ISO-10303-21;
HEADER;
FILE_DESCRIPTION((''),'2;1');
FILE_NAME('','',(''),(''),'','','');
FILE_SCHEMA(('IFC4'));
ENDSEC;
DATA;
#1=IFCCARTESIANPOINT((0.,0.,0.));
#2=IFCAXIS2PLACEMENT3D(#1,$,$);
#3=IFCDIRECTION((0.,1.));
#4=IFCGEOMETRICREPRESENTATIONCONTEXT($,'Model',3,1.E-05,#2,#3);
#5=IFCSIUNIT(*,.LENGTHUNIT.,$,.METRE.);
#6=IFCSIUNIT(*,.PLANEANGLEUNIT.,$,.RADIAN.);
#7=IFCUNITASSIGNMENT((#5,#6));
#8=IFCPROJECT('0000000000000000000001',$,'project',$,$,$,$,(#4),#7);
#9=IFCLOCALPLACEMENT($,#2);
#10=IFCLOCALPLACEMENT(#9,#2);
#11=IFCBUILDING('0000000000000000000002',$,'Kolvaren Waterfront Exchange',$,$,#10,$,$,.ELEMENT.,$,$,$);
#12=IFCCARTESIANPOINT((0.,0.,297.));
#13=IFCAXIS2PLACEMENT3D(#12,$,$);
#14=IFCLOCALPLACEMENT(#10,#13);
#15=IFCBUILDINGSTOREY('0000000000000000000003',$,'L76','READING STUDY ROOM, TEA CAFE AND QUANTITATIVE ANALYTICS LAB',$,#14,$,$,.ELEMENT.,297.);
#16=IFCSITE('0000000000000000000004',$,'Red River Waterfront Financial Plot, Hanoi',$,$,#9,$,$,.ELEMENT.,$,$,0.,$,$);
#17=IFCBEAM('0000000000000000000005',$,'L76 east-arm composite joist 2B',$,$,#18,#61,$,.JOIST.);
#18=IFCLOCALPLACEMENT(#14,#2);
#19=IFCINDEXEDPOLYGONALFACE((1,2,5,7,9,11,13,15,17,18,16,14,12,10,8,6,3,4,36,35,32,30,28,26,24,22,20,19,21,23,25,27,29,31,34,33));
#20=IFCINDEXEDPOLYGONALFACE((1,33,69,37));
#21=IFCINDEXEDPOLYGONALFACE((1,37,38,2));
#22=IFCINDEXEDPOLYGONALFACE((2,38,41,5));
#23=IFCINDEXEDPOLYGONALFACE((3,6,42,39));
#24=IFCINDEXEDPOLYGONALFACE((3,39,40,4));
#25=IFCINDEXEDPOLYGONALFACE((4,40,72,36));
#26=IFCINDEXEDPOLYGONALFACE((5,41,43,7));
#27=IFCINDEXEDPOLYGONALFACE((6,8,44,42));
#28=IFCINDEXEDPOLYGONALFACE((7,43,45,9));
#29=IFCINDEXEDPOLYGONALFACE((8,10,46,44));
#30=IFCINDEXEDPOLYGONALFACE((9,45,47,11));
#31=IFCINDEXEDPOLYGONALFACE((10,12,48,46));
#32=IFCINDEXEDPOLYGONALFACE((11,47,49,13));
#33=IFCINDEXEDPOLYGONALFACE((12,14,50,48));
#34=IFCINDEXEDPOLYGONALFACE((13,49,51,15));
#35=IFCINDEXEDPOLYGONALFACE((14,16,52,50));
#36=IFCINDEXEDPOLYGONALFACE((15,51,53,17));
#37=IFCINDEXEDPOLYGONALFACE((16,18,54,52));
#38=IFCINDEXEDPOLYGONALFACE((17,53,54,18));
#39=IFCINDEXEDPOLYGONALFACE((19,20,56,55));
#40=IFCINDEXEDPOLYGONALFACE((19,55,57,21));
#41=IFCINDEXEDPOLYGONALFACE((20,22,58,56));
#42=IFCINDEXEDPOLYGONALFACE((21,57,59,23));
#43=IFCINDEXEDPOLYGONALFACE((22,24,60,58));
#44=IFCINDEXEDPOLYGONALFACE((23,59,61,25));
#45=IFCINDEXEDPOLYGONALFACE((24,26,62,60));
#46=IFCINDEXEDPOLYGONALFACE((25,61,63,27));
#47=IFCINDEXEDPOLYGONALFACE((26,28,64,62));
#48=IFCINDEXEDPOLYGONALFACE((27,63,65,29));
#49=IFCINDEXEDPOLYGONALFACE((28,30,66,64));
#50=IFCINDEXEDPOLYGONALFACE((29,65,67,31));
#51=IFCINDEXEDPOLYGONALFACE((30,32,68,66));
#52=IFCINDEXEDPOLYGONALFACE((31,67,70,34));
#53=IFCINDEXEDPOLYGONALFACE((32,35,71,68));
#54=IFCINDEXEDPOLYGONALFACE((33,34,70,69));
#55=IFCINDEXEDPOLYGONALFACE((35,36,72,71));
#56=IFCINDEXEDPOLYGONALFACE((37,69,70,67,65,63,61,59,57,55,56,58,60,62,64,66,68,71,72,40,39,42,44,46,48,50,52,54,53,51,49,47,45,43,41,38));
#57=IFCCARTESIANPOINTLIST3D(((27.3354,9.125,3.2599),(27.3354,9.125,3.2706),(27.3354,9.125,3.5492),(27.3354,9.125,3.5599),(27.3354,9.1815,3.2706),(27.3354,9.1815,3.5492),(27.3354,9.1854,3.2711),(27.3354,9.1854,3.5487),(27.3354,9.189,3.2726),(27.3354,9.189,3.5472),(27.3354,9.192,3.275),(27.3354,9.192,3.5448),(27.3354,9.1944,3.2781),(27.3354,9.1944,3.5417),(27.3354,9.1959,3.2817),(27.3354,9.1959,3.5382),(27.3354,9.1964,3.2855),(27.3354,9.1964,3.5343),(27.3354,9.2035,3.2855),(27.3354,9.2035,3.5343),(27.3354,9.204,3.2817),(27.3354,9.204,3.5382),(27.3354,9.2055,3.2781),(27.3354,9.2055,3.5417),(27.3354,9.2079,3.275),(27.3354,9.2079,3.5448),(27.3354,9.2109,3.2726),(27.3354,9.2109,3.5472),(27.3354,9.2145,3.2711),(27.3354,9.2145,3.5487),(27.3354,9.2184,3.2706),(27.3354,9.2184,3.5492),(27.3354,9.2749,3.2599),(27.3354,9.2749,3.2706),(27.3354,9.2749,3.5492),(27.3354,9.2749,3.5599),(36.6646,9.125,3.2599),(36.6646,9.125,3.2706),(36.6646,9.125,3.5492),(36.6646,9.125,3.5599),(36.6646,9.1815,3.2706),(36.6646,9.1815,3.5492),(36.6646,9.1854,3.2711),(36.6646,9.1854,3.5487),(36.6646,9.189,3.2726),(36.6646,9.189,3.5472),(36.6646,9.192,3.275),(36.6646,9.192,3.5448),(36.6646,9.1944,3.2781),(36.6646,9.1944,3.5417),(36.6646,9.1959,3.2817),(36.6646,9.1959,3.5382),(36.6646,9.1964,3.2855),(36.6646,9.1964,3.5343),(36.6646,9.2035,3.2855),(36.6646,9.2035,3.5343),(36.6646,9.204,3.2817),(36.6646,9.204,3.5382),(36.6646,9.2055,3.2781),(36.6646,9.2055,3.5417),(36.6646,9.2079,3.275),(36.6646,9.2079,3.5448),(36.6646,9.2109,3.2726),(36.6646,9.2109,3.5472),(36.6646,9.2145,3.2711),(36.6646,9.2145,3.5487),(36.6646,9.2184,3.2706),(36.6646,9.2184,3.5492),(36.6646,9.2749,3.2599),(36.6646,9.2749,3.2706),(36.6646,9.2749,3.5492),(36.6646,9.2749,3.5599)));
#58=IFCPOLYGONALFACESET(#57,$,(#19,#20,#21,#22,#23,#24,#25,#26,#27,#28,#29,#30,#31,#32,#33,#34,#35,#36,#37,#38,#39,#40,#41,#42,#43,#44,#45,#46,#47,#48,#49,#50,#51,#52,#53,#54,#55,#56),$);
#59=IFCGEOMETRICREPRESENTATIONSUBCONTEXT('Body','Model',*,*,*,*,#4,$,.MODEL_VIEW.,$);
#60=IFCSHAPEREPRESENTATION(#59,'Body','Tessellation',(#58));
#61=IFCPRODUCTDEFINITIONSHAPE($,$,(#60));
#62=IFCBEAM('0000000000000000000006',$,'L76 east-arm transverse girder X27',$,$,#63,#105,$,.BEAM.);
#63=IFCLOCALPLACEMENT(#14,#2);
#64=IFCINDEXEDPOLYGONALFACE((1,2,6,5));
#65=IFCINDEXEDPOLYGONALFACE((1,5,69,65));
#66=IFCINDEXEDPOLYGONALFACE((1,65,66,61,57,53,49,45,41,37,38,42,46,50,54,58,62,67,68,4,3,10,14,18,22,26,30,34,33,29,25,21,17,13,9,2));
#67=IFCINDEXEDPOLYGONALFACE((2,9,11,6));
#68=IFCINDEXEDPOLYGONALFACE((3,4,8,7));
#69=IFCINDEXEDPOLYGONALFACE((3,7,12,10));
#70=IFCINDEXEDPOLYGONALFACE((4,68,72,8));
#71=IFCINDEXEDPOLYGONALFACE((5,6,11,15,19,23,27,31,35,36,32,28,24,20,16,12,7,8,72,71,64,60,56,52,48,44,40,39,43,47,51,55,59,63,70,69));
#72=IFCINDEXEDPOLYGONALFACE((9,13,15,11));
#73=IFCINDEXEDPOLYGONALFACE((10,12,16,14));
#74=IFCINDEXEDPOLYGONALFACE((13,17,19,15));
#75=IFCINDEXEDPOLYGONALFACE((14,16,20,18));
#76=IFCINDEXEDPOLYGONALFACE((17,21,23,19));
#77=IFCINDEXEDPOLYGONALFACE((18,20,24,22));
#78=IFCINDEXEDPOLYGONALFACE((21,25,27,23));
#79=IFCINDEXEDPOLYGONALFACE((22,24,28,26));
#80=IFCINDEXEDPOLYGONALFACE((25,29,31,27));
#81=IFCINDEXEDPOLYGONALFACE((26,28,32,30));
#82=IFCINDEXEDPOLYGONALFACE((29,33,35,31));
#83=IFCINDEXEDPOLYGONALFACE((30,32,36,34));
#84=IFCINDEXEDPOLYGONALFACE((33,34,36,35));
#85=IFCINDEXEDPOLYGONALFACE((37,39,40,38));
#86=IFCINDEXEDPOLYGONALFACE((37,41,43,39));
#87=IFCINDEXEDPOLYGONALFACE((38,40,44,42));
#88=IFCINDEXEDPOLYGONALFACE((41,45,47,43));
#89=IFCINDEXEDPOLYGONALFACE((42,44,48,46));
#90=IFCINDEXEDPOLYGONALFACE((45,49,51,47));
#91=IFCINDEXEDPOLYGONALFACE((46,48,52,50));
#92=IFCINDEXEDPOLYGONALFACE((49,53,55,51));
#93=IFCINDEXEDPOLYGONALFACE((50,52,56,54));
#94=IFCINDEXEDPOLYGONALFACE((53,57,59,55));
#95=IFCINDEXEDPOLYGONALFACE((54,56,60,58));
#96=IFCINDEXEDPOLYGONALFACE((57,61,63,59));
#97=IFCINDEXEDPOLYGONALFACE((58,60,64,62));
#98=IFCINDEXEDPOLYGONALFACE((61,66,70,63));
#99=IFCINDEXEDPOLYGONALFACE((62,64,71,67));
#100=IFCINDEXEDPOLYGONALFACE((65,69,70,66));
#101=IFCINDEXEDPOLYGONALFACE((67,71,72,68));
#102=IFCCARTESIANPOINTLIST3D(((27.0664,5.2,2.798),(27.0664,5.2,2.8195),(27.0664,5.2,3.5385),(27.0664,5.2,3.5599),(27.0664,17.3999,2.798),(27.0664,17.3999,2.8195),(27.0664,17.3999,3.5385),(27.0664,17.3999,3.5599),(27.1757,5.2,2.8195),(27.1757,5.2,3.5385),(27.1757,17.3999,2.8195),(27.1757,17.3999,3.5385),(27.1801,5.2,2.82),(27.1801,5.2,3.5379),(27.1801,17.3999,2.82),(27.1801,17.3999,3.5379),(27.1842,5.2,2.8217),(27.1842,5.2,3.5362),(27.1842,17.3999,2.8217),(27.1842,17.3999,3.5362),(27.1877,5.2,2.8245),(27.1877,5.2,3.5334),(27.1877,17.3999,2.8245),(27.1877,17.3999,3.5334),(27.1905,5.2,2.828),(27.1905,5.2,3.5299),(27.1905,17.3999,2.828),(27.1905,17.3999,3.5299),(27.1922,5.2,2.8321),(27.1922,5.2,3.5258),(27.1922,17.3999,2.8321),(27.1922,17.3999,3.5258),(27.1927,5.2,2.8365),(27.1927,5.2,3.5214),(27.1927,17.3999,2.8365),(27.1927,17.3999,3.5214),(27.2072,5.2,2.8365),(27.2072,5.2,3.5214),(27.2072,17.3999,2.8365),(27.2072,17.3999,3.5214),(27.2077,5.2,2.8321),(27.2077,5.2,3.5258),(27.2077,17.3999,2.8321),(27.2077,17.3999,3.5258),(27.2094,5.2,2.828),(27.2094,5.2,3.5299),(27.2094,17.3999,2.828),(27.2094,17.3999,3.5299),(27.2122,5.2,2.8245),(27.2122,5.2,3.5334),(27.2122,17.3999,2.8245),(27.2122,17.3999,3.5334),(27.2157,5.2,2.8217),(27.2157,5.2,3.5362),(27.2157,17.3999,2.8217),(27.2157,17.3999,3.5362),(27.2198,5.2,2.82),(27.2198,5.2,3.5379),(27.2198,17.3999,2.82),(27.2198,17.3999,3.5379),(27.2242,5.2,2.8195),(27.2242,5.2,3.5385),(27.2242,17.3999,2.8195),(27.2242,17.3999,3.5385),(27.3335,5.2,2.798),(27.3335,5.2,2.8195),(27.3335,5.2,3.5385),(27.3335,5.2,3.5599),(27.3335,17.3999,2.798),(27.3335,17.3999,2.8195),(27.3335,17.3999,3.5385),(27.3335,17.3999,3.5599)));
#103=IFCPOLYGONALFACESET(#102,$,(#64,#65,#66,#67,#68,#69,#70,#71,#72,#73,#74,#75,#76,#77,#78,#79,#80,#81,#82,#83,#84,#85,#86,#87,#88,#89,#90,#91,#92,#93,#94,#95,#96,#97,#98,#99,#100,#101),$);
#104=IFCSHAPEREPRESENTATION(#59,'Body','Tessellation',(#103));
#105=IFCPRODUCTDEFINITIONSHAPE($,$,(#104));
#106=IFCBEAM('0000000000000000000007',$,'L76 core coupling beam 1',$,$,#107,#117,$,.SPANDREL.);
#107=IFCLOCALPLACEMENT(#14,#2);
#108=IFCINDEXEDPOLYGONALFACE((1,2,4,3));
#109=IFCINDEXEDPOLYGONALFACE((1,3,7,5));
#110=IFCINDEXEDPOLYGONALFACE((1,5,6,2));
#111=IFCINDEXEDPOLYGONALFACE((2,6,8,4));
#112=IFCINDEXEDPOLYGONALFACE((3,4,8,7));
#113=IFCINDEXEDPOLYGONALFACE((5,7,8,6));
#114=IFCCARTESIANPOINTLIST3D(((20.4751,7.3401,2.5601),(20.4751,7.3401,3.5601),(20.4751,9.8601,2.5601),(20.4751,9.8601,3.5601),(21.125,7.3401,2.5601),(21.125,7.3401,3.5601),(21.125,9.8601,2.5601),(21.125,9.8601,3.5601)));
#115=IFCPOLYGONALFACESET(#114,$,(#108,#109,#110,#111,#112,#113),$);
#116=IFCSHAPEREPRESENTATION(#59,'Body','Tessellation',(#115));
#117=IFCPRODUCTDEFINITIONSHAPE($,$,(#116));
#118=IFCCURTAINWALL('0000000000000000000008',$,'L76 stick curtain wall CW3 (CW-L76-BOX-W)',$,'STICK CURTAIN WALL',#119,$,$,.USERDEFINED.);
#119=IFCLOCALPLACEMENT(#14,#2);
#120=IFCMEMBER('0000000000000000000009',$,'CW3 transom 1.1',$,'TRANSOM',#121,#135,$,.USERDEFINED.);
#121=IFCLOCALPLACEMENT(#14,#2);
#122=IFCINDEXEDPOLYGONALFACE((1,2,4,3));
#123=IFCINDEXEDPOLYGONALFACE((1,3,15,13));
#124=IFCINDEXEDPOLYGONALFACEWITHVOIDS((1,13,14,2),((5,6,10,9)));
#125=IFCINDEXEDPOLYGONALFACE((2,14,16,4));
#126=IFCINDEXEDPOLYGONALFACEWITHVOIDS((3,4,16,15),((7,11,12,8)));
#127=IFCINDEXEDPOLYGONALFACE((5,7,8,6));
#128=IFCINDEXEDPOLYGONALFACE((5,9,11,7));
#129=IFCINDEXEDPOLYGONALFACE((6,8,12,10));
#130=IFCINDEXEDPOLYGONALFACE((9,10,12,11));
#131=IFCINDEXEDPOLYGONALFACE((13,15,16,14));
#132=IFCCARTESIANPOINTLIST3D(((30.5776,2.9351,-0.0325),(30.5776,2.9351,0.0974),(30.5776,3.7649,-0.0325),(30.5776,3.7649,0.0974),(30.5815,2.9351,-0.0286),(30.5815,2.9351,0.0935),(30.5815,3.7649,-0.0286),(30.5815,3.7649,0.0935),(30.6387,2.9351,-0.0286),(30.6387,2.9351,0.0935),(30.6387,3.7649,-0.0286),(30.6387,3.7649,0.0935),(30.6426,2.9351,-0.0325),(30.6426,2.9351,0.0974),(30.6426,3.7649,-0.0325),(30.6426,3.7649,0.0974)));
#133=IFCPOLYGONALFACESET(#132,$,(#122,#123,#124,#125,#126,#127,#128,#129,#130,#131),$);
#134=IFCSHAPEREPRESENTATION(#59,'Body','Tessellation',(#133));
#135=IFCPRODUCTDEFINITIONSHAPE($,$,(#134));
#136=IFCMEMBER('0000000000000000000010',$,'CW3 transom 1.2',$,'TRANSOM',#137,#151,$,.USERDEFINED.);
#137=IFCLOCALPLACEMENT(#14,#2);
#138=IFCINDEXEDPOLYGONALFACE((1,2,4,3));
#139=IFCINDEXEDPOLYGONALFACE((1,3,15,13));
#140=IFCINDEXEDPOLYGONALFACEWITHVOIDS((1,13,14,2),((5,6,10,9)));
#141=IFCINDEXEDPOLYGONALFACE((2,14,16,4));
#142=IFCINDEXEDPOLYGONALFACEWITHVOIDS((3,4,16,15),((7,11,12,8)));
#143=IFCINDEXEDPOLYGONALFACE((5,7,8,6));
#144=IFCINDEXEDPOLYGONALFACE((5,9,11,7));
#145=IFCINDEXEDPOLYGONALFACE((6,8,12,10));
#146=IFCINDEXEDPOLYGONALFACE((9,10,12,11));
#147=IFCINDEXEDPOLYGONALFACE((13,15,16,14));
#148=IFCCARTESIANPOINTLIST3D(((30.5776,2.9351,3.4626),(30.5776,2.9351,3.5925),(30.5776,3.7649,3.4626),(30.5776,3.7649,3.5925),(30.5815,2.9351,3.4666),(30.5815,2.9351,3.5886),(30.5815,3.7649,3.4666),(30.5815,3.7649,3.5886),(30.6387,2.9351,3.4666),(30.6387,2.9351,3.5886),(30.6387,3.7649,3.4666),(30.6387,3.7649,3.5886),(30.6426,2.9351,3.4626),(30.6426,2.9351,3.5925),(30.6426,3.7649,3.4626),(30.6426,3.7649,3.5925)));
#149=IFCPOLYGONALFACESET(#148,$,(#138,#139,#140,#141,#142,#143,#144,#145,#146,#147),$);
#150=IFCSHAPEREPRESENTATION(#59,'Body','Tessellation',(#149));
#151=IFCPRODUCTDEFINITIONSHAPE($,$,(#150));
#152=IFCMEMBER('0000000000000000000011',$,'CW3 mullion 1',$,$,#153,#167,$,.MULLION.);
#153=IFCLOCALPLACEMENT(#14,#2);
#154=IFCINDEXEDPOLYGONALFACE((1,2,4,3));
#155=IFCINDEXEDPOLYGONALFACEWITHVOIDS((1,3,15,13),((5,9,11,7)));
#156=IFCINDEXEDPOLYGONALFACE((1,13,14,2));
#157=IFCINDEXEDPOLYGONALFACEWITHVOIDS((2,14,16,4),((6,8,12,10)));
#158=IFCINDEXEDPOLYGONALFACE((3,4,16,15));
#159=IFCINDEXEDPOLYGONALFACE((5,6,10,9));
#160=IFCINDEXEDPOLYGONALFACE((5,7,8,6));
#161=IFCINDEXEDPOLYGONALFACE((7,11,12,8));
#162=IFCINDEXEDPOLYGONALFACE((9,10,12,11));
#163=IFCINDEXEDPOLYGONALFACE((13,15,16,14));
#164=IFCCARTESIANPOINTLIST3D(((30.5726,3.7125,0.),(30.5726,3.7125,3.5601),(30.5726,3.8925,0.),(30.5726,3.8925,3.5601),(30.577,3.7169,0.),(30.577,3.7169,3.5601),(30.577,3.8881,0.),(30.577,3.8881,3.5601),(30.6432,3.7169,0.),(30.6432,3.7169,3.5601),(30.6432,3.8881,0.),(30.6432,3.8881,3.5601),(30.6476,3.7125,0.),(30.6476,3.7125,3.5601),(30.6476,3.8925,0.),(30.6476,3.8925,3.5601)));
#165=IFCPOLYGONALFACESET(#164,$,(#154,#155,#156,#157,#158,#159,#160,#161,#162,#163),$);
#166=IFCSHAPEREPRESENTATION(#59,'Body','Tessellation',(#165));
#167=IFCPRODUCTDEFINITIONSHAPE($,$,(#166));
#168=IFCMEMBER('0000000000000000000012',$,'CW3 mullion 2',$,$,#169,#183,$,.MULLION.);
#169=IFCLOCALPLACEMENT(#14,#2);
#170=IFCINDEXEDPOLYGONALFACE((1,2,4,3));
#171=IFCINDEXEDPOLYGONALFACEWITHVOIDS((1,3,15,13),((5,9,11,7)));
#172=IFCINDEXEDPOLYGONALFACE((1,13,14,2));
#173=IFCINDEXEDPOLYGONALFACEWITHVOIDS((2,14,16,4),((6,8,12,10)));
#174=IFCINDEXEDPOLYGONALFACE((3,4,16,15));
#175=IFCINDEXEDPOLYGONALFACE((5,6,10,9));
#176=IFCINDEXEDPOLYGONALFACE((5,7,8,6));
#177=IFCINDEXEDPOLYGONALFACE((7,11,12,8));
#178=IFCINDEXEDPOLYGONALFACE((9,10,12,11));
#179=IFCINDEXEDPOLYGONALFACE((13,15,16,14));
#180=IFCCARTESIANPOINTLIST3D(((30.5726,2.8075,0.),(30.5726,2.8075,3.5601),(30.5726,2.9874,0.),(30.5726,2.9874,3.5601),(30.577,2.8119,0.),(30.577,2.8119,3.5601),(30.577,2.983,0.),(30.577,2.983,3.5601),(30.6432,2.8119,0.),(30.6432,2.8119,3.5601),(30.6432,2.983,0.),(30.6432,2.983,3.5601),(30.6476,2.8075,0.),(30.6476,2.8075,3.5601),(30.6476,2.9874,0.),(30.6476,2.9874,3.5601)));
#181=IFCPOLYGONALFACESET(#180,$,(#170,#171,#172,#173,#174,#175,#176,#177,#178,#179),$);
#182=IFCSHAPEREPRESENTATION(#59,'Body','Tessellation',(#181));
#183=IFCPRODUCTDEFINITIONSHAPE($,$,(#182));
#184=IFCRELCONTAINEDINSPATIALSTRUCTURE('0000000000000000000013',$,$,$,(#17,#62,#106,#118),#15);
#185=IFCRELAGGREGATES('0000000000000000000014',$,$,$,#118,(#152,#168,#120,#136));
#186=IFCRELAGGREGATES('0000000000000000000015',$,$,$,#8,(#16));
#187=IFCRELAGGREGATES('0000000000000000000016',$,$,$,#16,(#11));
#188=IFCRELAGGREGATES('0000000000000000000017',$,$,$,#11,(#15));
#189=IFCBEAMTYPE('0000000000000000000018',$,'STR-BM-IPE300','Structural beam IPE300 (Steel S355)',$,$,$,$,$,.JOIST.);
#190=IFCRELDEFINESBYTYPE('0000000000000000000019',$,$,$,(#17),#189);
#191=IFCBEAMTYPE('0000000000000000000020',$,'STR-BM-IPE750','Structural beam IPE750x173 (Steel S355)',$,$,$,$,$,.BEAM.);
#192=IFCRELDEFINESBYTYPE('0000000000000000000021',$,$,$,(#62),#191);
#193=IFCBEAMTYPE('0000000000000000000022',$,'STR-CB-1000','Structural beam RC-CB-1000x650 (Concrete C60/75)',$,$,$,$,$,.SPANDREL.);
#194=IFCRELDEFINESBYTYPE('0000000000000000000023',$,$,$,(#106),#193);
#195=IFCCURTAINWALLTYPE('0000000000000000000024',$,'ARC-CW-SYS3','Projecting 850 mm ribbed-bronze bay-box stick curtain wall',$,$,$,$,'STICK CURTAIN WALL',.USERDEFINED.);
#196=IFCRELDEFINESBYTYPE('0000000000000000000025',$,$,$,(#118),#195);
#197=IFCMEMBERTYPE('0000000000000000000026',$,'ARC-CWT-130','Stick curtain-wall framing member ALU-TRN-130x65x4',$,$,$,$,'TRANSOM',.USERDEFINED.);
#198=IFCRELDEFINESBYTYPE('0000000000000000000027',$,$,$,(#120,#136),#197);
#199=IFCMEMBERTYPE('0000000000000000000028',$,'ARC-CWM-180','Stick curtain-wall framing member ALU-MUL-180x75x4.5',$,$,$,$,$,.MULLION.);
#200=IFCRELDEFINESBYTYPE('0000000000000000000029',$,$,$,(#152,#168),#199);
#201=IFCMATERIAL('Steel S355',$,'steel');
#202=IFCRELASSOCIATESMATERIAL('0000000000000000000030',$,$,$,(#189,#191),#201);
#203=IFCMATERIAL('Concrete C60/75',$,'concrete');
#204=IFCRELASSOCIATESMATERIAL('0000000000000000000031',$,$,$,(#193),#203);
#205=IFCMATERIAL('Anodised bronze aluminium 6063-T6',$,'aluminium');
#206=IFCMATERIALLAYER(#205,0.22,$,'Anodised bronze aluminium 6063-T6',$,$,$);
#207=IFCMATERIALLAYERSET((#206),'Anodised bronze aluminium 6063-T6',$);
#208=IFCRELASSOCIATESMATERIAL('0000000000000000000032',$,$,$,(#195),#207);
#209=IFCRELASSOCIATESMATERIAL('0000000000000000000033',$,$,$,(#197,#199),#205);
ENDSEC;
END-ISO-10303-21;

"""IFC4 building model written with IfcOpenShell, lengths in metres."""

from ifc_helpers import new_model, si_unit, direction, frame, origin, origin_with_axes, origin_2d, place, context, subcontext, project, spatial, rectangle, hollow_rectangle, i_section, extrude, source, transform, mapped, material, layer, layer_set, material_profile, profile_set, type_object, element, aggregate, save


model = new_model("IFC4")

# Units and contexts
model_context = context("Model", 3, precision=1e-05, world=origin(), true_north=direction((0.0, 1.0)))
body_context = subcontext(model_context, "Body", "Model", "MODEL_VIEW")
ifc_project = project(units=[si_unit("LENGTHUNIT", "METRE"), si_unit("PLANEANGLEUNIT", "RADIAN")], contexts=[model_context])

# Site, building, storey
site_placement = place(None, origin())
site = spatial("IfcSite", under=ifc_project, at=site_placement, Name="Red River Waterfront Financial Plot, Hanoi", CompositionType="ELEMENT", RefElevation=0.0)
building_placement = place(site_placement, origin())
building = spatial("IfcBuilding", under=site, at=building_placement, Name="Kolvaren Waterfront Exchange", CompositionType="ELEMENT")
storey_placement = place(building_placement, frame((0.0, 0.0, 297.0)))
storey = spatial("IfcBuildingStorey", under=building, at=storey_placement, Name="L76", Description="READING STUDY ROOM, TEA CAFE AND QUANTITATIVE ANALYTICS LAB", CompositionType="ELEMENT", Elevation=297.0)

# Beams
ifc_material_1 = material(Name="Steel S355", Category="steel")
ifc_material_profile_1 = material_profile(ifc_material_1, i_section(OverallWidth=0.1499, OverallDepth=0.3, WebThickness=0.0071, FlangeThickness=0.0107, FilletRadius=0.0149, at=origin_2d()), Name="IPE300")
ifc_profile_set_1 = profile_set([ifc_material_profile_1], Name="Steel S355")
beam_type_1 = type_object("IfcBeamType", Name="STR-BM-IPE300", Description="Structural beam IPE300 (Steel S355)", PredefinedType="JOIST", material=ifc_profile_set_1)
beam_1_placement = place(storey_placement, frame((27.3354, 9.2, 3.4099), z_axis=(1.0, 0.0, 0.0), x_axis=(0.0, 1.0, 0.0)))
element("IfcBeam", 1, at=beam_1_placement, inside=storey, type_object=beam_type_1, Name="L76 east-arm composite joist 2B", PredefinedType="JOIST", context=body_context, shape_type="SweptSolid", body=[
    extrude(i_section(OverallWidth=0.1499, OverallDepth=0.3, WebThickness=0.0071, FlangeThickness=0.0107, FilletRadius=0.0149, at=origin_2d()), origin(), (0.0, 0.0, 1.0), 9.3291),
])
ifc_material_profile_2 = material_profile(ifc_material_1, i_section(OverallWidth=0.2671, OverallDepth=0.762, WebThickness=0.0144, FlangeThickness=0.0215, FilletRadius=0.0171, at=origin_2d()), Name="IPE750x173")
ifc_profile_set_2 = profile_set([ifc_material_profile_2], Name="Steel S355")
beam_type_2 = type_object("IfcBeamType", Name="STR-BM-IPE750", Description="Structural beam IPE750x173 (Steel S355)", PredefinedType="BEAM", material=ifc_profile_set_2)
beam_2_placement = place(storey_placement, frame((27.2, 5.2, 3.179), z_axis=(0.0, 1.0, 0.0), x_axis=(-1.0, 0.0, 0.0)))
element("IfcBeam", 2, at=beam_2_placement, inside=storey, type_object=beam_type_2, Name="L76 east-arm transverse girder X27", PredefinedType="BEAM", context=body_context, shape_type="SweptSolid", body=[
    extrude(i_section(OverallWidth=0.2671, OverallDepth=0.762, WebThickness=0.0144, FlangeThickness=0.0215, FilletRadius=0.0171, at=origin_2d()), origin(), (0.0, 0.0, 1.0), 12.2),
])
ifc_material_2 = material(Name="Concrete C60/75", Category="concrete")
ifc_material_profile_3 = material_profile(ifc_material_2, rectangle(XDim=0.6499, YDim=1.0, at=origin_2d()), Name="RC-CB-1000x650")
ifc_profile_set_3 = profile_set([ifc_material_profile_3], Name="Concrete C60/75")
beam_type_3 = type_object("IfcBeamType", Name="STR-CB-1000", Description="Structural beam RC-CB-1000x650 (Concrete C60/75)", PredefinedType="SPANDREL", material=ifc_profile_set_3)
beam_3_placement = place(storey_placement, frame((20.8, 7.3401, 3.0601), z_axis=(0.0, 1.0, 0.0), x_axis=(-1.0, 0.0, 0.0)))
element("IfcBeam", 3, at=beam_3_placement, inside=storey, type_object=beam_type_3, Name="L76 core coupling beam 1", PredefinedType="SPANDREL", context=body_context, shape_type="SweptSolid", body=[
    extrude(rectangle(XDim=0.6499, YDim=1.0, at=origin_2d()), origin(), (0.0, 0.0, 1.0), 2.52),
])

# Curtain wall, members
ifc_material_3 = material(Name="Anodised bronze aluminium 6063-T6", Category="aluminium")
ifc_layer_1 = layer(ifc_material_3, 0.22, Name="Anodised bronze aluminium 6063-T6")
ifc_layer_set_1 = layer_set([ifc_layer_1], Name="Anodised bronze aluminium 6063-T6")
curtain_wall_type_1 = type_object("IfcCurtainWallType", Name="ARC-CW-SYS3", Description="Projecting 850 mm ribbed-bronze bay-box stick curtain wall", ElementType="STICK CURTAIN WALL", PredefinedType="USERDEFINED", material=ifc_layer_set_1)
curtain_wall_1_placement = place(storey_placement, origin())
curtain_wall_1 = element("IfcCurtainWall", 4, at=curtain_wall_1_placement, inside=storey, type_object=curtain_wall_type_1, Name="L76 stick curtain wall CW3 (CW-L76-BOX-W)", ObjectType="STICK CURTAIN WALL", PredefinedType="USERDEFINED")
ifc_material_profile_4 = material_profile(ifc_material_3, hollow_rectangle(XDim=0.0649, YDim=0.1299, WallThickness=0.0039, at=origin_2d()), Name="ALU-TRN-130x65x4")
ifc_profile_set_4 = profile_set([ifc_material_profile_4], Name="Anodised bronze aluminium 6063-T6")
member_type_1 = type_object("IfcMemberType", Name="ARC-CWT-130", Description="Stick curtain-wall framing member ALU-TRN-130x65x4", ElementType="TRANSOM", PredefinedType="USERDEFINED", material=ifc_profile_set_4)
shared_shape_1 = source(origin_with_axes(), body_context, "Body", "SweptSolid", [
    extrude(hollow_rectangle(XDim=0.0649, YDim=0.1299, WallThickness=0.0039, at=origin_2d()), origin(), (0.0, 0.0, 1.0), 0.8298),
])
member_1_placement = place(storey_placement, frame((30.6101, 3.7649, 0.0325), z_axis=(0.0, -1.0, 0.0), x_axis=(1.0, 0.0, 0.0)))
member_1 = element("IfcMember", 5, at=member_1_placement, type_object=member_type_1, Name="CW3 transom 1.1", ObjectType="TRANSOM", PredefinedType="USERDEFINED", context=body_context, shape_type="MappedRepresentation", body=[
    mapped(shared_shape_1, transform((0.0, 0.0, 0.0), x_axis=(1.0, 0.0, 0.0), y_axis=(0.0, 1.0, 0.0), z_axis=(0.0, 0.0, 1.0), scale=1.0)),
])
member_2_placement = place(storey_placement, frame((30.6101, 3.7649, 3.5276), z_axis=(0.0, -1.0, 0.0), x_axis=(1.0, 0.0, 0.0)))
member_2 = element("IfcMember", 6, at=member_2_placement, type_object=member_type_1, Name="CW3 transom 1.2", ObjectType="TRANSOM", PredefinedType="USERDEFINED", context=body_context, shape_type="MappedRepresentation", body=[
    mapped(shared_shape_1, transform((0.0, 0.0, 0.0), x_axis=(1.0, 0.0, 0.0), y_axis=(0.0, 1.0, 0.0), z_axis=(0.0, 0.0, 1.0), scale=1.0)),
])
ifc_material_profile_5 = material_profile(ifc_material_3, hollow_rectangle(XDim=0.075, YDim=0.1799, WallThickness=0.0044, at=origin_2d()), Name="ALU-MUL-180x75x4.5")
ifc_profile_set_5 = profile_set([ifc_material_profile_5], Name="Anodised bronze aluminium 6063-T6")
member_type_2 = type_object("IfcMemberType", Name="ARC-CWM-180", Description="Stick curtain-wall framing member ALU-MUL-180x75x4.5", PredefinedType="MULLION", material=ifc_profile_set_5)
shared_shape_2 = source(origin_with_axes(), body_context, "Body", "SweptSolid", [
    extrude(hollow_rectangle(XDim=0.075, YDim=0.1799, WallThickness=0.0044, at=origin_2d()), origin(), (0.0, 0.0, 1.0), 3.5601),
])
member_3_placement = place(storey_placement, frame((30.6101, 3.8025, 0.0), z_axis=(0.0, 0.0, 1.0), x_axis=(1.0, 0.0, 0.0)))
member_3 = element("IfcMember", 7, at=member_3_placement, type_object=member_type_2, Name="CW3 mullion 1", PredefinedType="MULLION", context=body_context, shape_type="MappedRepresentation", body=[
    mapped(shared_shape_2, transform((0.0, 0.0, 0.0), x_axis=(1.0, 0.0, 0.0), y_axis=(0.0, 1.0, 0.0), z_axis=(0.0, 0.0, 1.0), scale=1.0)),
])
member_4_placement = place(storey_placement, frame((30.6101, 2.8975, 0.0), z_axis=(0.0, 0.0, 1.0), x_axis=(1.0, 0.0, 0.0)))
member_4 = element("IfcMember", 8, at=member_4_placement, type_object=member_type_2, Name="CW3 mullion 2", PredefinedType="MULLION", context=body_context, shape_type="MappedRepresentation", body=[
    mapped(shared_shape_2, transform((0.0, 0.0, 0.0), x_axis=(1.0, 0.0, 0.0), y_axis=(0.0, 1.0, 0.0), z_axis=(0.0, 0.0, 1.0), scale=1.0)),
])

aggregate(curtain_wall_1, [member_3, member_4, member_1, member_2])

save(model, "model.ifc")
